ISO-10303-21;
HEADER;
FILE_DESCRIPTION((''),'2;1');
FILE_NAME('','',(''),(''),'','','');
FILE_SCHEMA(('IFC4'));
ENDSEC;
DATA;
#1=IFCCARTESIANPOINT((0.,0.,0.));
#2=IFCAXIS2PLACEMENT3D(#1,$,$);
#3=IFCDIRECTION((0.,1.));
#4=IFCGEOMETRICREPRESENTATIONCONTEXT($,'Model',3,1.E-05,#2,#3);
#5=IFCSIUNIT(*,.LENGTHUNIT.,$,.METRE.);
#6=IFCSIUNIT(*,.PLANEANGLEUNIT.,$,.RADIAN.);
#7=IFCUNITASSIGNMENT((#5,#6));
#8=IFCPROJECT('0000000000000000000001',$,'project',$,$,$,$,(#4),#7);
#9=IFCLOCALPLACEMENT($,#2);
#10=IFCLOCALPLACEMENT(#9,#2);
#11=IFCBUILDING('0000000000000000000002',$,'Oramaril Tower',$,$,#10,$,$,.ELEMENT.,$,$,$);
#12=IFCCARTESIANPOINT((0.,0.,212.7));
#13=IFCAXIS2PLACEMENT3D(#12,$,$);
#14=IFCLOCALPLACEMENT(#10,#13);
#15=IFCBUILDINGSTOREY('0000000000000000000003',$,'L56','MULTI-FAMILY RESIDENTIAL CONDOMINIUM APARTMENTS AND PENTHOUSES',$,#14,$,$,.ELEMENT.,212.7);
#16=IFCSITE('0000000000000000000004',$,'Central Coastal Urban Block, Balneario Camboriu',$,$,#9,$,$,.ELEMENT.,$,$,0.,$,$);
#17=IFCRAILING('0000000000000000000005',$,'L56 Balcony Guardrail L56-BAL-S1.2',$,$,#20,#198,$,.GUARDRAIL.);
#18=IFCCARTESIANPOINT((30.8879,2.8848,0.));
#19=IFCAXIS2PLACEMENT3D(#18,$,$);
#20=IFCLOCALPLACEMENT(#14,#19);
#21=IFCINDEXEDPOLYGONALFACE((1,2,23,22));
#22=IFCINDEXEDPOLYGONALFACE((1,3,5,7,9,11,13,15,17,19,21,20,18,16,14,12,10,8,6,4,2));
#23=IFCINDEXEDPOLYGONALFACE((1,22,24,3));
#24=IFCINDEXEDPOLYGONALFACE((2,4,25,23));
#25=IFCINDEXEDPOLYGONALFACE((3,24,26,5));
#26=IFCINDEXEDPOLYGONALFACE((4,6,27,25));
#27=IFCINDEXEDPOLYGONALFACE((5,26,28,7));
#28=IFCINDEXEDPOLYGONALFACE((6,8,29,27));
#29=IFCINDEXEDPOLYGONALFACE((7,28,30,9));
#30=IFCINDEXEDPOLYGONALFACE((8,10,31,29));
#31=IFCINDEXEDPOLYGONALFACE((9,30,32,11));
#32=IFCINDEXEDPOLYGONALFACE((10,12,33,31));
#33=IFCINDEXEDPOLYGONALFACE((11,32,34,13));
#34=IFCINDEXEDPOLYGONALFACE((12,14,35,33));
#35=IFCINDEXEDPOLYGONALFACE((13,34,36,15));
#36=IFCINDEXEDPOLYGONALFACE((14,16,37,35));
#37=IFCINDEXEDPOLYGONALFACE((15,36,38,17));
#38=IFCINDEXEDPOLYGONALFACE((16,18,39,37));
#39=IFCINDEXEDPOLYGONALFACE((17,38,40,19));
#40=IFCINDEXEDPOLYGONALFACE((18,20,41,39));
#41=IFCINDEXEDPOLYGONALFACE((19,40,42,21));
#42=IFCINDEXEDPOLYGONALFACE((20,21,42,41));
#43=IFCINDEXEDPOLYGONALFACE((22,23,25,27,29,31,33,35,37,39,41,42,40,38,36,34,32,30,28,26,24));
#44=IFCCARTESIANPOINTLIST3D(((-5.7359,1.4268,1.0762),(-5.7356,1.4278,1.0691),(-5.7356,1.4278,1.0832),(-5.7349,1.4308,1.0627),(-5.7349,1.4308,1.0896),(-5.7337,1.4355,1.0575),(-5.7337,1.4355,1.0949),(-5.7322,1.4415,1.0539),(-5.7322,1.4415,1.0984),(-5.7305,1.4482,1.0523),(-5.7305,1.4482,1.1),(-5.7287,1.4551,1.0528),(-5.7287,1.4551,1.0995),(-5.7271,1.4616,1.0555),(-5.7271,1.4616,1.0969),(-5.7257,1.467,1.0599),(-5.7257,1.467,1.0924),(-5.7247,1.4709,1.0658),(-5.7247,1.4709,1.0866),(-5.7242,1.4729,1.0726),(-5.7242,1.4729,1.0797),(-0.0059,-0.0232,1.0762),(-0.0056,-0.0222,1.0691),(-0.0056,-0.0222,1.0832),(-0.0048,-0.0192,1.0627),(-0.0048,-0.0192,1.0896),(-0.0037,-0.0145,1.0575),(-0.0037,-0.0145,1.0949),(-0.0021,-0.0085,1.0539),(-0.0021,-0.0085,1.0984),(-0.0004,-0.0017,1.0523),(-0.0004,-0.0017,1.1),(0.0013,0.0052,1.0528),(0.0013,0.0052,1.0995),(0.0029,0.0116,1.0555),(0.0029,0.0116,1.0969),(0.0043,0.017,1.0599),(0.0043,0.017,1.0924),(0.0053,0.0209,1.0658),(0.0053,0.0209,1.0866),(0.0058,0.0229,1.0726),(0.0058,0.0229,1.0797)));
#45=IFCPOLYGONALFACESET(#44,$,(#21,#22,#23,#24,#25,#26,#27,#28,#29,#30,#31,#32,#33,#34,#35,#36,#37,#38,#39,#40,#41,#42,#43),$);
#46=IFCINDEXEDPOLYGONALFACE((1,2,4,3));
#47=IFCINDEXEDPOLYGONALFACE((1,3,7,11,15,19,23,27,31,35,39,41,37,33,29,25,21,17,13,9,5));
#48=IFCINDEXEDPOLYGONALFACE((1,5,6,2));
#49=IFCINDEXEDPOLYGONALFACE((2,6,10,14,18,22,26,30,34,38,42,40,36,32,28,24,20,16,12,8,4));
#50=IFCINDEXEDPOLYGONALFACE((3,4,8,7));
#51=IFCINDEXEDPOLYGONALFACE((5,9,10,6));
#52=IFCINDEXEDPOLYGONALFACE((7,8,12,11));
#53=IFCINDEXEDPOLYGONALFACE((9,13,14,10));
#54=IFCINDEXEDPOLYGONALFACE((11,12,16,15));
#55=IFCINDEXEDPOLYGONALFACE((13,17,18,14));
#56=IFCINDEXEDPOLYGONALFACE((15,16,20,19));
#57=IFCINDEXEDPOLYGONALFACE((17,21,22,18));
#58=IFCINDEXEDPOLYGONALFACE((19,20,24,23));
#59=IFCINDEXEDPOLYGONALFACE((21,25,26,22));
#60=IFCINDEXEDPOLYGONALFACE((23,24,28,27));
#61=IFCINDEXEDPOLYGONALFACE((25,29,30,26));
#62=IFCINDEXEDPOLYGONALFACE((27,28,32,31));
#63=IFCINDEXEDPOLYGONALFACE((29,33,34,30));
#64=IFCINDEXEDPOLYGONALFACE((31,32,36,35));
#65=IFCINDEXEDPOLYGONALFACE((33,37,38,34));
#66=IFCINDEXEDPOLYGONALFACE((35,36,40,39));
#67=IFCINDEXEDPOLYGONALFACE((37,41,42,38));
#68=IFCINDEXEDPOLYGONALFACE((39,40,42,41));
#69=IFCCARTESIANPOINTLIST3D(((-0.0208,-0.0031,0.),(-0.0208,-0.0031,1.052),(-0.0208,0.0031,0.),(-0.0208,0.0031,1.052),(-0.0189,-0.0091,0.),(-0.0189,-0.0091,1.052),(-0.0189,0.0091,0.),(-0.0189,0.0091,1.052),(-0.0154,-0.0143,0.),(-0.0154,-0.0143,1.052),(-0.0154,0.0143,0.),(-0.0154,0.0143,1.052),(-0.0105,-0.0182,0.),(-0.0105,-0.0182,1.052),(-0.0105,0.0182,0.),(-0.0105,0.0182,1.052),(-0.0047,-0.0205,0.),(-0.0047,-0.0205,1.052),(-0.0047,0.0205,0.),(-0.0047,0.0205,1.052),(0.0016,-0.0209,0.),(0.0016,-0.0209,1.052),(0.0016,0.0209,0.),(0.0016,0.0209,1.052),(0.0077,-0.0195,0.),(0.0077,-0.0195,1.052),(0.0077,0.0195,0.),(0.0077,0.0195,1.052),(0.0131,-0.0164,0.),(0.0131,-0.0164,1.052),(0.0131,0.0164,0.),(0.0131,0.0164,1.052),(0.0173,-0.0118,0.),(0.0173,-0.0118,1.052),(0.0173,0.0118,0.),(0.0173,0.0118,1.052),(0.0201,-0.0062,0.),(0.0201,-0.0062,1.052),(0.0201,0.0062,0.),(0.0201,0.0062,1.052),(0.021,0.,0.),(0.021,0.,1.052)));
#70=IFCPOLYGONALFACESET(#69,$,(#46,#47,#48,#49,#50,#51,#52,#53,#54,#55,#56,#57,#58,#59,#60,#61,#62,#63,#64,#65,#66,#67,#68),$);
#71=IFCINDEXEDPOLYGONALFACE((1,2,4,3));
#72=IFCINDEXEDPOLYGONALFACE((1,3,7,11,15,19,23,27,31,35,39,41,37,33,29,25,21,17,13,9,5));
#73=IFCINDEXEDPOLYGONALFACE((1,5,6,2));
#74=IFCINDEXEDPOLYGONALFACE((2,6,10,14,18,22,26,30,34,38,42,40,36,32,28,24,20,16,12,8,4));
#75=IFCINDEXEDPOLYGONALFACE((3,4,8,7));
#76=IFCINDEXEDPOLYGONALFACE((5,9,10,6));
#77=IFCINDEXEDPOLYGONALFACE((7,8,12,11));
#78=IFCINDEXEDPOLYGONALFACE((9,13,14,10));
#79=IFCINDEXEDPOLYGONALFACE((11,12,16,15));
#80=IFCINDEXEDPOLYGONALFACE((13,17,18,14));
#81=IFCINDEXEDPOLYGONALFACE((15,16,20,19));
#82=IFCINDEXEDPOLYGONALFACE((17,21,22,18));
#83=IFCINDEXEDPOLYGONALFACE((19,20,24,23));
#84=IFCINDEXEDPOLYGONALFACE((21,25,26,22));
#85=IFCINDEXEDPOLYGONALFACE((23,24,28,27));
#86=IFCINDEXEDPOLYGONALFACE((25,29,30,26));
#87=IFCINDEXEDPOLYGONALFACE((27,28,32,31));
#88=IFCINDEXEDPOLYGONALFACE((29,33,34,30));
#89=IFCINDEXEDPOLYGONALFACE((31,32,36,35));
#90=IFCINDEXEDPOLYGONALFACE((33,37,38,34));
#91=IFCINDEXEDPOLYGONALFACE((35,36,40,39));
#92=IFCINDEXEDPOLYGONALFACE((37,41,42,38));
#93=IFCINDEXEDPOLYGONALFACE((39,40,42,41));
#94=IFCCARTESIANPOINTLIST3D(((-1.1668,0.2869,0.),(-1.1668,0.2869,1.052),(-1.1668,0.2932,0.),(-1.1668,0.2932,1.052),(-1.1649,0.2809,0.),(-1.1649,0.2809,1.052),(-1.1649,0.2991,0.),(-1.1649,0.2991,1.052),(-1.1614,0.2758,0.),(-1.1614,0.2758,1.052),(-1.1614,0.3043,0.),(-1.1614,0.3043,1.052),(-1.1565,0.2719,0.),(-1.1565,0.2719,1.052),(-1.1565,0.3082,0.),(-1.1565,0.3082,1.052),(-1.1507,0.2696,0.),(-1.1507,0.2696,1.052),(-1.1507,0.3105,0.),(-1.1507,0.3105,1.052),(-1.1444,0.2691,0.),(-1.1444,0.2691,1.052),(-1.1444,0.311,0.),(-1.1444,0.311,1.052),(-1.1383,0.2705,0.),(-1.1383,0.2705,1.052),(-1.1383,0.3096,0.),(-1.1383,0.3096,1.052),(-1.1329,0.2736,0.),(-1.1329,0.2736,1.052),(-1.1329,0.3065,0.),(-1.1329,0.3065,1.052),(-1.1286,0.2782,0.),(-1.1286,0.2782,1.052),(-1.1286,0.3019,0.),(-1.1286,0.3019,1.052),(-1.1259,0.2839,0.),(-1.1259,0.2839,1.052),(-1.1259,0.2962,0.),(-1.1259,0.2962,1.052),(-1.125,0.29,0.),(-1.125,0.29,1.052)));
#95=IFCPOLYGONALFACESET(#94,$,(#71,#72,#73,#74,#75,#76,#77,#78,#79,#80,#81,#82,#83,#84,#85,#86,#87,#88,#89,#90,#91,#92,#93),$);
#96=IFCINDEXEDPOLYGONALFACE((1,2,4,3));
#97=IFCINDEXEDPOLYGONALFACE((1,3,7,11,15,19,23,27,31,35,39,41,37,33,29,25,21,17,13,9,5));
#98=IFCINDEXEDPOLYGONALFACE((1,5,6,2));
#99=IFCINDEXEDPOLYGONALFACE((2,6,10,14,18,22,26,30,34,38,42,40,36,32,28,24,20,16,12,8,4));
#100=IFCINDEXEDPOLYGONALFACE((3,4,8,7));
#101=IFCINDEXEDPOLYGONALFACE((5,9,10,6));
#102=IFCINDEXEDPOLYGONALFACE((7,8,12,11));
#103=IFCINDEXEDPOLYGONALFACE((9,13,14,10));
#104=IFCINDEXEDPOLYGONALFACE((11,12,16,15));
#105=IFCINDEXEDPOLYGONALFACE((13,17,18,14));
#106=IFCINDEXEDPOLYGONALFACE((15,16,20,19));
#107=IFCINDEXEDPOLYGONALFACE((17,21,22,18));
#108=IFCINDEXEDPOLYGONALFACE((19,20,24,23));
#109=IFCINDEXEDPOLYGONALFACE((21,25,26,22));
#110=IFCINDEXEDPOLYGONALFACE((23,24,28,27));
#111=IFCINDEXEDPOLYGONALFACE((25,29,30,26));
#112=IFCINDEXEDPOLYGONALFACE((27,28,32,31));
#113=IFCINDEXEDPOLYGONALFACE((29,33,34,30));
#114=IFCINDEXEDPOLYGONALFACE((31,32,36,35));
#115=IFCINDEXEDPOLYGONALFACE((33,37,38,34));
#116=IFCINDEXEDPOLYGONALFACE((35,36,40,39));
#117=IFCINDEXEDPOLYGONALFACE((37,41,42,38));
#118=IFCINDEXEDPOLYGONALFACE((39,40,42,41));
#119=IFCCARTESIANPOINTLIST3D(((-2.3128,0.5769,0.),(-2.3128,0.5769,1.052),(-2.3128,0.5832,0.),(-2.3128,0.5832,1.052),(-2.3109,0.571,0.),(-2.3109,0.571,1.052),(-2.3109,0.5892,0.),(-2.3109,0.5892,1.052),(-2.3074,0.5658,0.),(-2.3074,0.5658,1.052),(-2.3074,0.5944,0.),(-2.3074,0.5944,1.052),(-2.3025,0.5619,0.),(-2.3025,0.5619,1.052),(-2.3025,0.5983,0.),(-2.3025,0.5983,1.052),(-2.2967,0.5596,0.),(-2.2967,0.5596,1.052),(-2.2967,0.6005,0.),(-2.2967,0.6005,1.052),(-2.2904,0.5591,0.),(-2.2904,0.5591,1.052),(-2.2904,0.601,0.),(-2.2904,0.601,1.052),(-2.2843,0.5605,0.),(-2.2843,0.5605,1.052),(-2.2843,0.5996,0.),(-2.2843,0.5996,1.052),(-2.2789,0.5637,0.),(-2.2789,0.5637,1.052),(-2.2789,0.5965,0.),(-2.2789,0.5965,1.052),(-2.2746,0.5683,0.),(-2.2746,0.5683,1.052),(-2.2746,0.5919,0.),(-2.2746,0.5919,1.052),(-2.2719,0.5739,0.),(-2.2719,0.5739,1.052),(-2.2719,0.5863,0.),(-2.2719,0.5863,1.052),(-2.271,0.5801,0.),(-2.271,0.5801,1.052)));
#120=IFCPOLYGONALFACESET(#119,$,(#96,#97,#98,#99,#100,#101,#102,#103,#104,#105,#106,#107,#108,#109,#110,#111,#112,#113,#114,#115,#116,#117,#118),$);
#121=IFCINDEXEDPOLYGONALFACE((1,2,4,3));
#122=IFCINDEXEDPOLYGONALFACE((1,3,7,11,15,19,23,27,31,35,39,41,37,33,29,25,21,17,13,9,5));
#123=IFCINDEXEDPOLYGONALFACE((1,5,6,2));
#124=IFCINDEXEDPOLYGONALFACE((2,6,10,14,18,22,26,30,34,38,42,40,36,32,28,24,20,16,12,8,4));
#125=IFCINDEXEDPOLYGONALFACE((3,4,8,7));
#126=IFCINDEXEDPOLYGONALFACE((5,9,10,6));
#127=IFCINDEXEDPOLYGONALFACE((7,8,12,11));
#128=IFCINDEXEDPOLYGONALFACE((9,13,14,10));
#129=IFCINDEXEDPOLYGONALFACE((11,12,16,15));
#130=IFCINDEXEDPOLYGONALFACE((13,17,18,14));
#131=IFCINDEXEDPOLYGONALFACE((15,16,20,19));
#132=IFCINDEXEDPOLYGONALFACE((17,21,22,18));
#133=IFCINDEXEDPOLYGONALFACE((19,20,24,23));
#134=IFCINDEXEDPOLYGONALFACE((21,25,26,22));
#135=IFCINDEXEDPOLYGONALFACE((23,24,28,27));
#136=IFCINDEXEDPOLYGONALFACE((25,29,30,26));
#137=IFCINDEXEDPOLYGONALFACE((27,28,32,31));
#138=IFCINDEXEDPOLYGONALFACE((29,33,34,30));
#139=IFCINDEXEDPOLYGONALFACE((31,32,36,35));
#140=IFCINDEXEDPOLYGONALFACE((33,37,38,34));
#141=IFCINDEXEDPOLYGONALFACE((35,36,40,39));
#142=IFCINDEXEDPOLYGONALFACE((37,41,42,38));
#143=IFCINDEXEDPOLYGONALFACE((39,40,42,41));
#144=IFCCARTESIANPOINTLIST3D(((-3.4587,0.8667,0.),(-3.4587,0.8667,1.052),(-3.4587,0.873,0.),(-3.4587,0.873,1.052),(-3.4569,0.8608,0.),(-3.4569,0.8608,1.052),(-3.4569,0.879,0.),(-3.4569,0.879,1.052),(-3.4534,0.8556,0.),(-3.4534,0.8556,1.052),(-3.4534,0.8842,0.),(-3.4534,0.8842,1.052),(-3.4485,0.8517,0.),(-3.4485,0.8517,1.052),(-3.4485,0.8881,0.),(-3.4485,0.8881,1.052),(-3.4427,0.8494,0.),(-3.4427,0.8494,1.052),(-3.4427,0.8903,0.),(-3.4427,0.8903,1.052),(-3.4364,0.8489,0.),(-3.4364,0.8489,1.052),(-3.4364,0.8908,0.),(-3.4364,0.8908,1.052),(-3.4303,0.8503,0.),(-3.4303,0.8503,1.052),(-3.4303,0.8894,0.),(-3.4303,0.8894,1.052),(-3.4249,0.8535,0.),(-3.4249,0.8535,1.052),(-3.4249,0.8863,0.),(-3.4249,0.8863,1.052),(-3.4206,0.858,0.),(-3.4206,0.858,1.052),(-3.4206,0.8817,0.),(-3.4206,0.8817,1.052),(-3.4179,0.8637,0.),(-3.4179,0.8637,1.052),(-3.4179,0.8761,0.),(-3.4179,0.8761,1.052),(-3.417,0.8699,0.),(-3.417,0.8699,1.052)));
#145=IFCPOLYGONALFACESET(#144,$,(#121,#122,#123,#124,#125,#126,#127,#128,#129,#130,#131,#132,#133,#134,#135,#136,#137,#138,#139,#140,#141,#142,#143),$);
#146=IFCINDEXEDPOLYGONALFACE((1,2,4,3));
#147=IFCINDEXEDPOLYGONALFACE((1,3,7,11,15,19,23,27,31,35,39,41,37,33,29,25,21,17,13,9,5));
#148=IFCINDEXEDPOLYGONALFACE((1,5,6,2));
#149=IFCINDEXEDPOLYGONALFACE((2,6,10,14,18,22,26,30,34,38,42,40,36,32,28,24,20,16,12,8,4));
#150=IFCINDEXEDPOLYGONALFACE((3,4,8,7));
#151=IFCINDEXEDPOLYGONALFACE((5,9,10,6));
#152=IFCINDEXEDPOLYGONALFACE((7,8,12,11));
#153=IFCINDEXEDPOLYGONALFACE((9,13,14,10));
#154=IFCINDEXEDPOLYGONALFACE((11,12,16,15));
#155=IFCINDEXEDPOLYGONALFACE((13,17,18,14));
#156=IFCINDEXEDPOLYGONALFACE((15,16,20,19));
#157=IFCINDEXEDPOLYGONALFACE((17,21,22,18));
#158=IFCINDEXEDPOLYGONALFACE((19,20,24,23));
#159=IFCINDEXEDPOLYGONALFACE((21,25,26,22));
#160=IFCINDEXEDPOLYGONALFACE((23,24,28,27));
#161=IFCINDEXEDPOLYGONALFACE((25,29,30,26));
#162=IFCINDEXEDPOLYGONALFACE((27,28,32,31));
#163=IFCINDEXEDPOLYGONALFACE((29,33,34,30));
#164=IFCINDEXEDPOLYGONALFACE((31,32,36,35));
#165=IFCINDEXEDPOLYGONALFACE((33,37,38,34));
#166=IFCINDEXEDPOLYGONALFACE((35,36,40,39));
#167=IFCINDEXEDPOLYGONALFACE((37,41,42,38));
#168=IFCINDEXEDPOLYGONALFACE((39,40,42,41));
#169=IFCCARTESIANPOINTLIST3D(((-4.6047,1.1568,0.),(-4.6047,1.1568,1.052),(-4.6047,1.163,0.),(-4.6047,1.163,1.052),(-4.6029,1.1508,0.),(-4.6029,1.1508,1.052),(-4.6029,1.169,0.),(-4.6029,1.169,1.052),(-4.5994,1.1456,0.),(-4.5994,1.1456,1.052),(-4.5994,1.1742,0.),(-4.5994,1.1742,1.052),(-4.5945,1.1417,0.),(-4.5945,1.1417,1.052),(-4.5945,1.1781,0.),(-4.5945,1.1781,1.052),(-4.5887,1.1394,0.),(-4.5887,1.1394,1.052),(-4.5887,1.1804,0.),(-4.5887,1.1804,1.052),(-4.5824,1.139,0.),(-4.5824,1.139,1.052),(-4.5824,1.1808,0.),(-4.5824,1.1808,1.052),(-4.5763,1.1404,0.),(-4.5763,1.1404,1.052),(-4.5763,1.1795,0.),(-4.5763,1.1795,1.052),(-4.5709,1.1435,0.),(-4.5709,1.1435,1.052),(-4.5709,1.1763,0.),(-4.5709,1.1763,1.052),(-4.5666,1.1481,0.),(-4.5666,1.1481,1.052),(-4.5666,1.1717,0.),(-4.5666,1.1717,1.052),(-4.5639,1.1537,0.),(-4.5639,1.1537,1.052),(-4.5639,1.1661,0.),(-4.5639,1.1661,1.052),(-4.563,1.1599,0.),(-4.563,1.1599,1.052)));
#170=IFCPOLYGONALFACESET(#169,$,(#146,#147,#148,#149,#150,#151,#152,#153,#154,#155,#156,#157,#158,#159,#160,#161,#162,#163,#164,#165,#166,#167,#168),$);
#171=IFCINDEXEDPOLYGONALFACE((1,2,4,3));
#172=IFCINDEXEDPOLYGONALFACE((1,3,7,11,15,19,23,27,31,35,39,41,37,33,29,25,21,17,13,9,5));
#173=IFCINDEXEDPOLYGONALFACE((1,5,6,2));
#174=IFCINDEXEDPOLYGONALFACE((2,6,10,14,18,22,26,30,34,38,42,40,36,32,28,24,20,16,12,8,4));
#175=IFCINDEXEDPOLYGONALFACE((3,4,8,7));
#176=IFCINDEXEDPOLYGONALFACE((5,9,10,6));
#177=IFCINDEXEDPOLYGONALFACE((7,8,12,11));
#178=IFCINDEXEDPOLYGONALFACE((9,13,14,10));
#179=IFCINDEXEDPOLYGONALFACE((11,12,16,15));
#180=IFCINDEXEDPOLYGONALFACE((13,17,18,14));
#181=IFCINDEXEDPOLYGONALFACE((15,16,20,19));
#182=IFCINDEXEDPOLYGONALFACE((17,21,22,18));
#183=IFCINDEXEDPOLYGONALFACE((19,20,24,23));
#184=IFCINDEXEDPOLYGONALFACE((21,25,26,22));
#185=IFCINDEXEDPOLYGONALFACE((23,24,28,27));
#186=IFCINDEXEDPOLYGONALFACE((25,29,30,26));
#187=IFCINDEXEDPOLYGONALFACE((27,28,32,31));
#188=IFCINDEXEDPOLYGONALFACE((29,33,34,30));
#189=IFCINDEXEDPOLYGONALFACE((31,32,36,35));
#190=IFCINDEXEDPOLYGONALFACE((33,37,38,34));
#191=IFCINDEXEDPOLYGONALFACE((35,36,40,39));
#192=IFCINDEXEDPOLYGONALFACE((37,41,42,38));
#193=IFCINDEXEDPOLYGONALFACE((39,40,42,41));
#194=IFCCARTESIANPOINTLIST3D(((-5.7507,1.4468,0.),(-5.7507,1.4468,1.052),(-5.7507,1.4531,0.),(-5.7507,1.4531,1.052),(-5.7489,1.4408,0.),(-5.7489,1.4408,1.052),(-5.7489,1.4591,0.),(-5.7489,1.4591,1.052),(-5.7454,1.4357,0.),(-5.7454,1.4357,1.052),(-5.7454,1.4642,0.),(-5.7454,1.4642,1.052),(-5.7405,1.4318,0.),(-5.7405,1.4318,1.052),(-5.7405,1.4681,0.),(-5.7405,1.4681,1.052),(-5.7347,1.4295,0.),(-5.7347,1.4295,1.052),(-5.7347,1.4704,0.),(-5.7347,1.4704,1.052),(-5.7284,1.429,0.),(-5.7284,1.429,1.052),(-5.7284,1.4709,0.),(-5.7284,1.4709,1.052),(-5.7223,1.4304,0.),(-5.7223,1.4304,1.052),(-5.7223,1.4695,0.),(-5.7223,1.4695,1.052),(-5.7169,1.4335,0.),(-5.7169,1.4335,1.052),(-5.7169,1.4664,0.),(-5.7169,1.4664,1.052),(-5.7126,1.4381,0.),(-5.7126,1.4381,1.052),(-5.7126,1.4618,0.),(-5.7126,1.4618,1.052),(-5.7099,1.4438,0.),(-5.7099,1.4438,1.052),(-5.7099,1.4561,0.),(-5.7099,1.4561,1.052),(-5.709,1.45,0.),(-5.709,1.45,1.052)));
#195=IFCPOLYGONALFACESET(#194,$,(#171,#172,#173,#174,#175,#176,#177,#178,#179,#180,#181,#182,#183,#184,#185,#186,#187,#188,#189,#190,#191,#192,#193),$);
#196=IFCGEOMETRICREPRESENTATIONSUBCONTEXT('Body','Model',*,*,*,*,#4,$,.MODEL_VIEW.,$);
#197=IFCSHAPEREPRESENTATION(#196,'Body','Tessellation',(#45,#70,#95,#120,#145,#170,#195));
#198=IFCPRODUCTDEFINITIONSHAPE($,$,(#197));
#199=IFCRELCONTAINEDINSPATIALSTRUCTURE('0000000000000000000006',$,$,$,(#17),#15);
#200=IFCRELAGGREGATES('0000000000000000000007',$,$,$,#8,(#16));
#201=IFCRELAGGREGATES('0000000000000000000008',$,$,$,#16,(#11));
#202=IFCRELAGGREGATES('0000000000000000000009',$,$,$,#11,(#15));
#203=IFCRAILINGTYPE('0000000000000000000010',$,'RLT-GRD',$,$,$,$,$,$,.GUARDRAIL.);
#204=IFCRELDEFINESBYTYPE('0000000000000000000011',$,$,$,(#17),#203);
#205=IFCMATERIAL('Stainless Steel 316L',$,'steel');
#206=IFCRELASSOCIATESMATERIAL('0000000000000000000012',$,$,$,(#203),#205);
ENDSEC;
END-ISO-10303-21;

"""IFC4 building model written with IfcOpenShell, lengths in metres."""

from ifc_helpers import new_model, si_unit, direction, frame, origin, origin_2d, place, context, subcontext, project, spatial, circle, extrude, material, type_object, element, save


model = new_model("IFC4")

# Units and contexts
model_context = context("Model", 3, precision=1e-05, world=origin(), true_north=direction((0.0, 1.0)))
body_context = subcontext(model_context, "Body", "Model", "MODEL_VIEW")
ifc_project = project(units=[si_unit("LENGTHUNIT", "METRE"), si_unit("PLANEANGLEUNIT", "RADIAN")], contexts=[model_context])

# Site, building, storey
site_placement = place(None, origin())
site = spatial("IfcSite", under=ifc_project, at=site_placement, Name="Central Coastal Urban Block, Balneario Camboriu", CompositionType="ELEMENT", RefElevation=0.0)
building_placement = place(site_placement, origin())
building = spatial("IfcBuilding", under=site, at=building_placement, Name="Oramaril Tower", CompositionType="ELEMENT")
storey_placement = place(building_placement, frame((0.0, 0.0, 212.7)))
storey = spatial("IfcBuildingStorey", under=building, at=storey_placement, Name="L56", Description="MULTI-FAMILY RESIDENTIAL CONDOMINIUM APARTMENTS AND PENTHOUSES", CompositionType="ELEMENT", Elevation=212.7)

# Railing
ifc_material_1 = material(Name="Stainless Steel 316L", Category="steel")
railing_type = type_object("IfcRailingType", Name="RLT-GRD", PredefinedType="GUARDRAIL", material=ifc_material_1)
railing_1_placement = place(storey_placement, frame((30.8879, 2.8848, 0.0)))
element("IfcRailing", 1, at=railing_1_placement, inside=storey, type_object=railing_type, Name="L56 Balcony Guardrail L56-BAL-S1.2", PredefinedType="GUARDRAIL", context=body_context, shape_type="SweptSolid", body=[
    extrude(circle(Radius=0.0239, at=origin_2d()), frame((0.0, 0.0, 1.0762), z_axis=(-0.969444, 0.245314, 0.0), x_axis=(-0.245314, -0.969444, 0.0)), (0.0, 0.0, 1.0), 5.9106),
    extrude(circle(Radius=0.021, at=origin_2d()), origin(), (0.0, 0.0, 1.0), 1.052),
    extrude(circle(Radius=0.021, at=origin_2d()), frame((-1.146, 0.29, 0.0)), (0.0, 0.0, 1.0), 1.052),
    extrude(circle(Radius=0.021, at=origin_2d()), frame((-2.292, 0.5801, 0.0)), (0.0, 0.0, 1.0), 1.052),
    extrude(circle(Radius=0.021, at=origin_2d()), frame((-3.438, 0.8699, 0.0)), (0.0, 0.0, 1.0), 1.052),
    extrude(circle(Radius=0.021, at=origin_2d()), frame((-4.584, 1.1599, 0.0)), (0.0, 0.0, 1.0), 1.052),
    extrude(circle(Radius=0.021, at=origin_2d()), frame((-5.73, 1.45, 0.0)), (0.0, 0.0, 1.0), 1.052),
])

save(model, "model.ifc")
